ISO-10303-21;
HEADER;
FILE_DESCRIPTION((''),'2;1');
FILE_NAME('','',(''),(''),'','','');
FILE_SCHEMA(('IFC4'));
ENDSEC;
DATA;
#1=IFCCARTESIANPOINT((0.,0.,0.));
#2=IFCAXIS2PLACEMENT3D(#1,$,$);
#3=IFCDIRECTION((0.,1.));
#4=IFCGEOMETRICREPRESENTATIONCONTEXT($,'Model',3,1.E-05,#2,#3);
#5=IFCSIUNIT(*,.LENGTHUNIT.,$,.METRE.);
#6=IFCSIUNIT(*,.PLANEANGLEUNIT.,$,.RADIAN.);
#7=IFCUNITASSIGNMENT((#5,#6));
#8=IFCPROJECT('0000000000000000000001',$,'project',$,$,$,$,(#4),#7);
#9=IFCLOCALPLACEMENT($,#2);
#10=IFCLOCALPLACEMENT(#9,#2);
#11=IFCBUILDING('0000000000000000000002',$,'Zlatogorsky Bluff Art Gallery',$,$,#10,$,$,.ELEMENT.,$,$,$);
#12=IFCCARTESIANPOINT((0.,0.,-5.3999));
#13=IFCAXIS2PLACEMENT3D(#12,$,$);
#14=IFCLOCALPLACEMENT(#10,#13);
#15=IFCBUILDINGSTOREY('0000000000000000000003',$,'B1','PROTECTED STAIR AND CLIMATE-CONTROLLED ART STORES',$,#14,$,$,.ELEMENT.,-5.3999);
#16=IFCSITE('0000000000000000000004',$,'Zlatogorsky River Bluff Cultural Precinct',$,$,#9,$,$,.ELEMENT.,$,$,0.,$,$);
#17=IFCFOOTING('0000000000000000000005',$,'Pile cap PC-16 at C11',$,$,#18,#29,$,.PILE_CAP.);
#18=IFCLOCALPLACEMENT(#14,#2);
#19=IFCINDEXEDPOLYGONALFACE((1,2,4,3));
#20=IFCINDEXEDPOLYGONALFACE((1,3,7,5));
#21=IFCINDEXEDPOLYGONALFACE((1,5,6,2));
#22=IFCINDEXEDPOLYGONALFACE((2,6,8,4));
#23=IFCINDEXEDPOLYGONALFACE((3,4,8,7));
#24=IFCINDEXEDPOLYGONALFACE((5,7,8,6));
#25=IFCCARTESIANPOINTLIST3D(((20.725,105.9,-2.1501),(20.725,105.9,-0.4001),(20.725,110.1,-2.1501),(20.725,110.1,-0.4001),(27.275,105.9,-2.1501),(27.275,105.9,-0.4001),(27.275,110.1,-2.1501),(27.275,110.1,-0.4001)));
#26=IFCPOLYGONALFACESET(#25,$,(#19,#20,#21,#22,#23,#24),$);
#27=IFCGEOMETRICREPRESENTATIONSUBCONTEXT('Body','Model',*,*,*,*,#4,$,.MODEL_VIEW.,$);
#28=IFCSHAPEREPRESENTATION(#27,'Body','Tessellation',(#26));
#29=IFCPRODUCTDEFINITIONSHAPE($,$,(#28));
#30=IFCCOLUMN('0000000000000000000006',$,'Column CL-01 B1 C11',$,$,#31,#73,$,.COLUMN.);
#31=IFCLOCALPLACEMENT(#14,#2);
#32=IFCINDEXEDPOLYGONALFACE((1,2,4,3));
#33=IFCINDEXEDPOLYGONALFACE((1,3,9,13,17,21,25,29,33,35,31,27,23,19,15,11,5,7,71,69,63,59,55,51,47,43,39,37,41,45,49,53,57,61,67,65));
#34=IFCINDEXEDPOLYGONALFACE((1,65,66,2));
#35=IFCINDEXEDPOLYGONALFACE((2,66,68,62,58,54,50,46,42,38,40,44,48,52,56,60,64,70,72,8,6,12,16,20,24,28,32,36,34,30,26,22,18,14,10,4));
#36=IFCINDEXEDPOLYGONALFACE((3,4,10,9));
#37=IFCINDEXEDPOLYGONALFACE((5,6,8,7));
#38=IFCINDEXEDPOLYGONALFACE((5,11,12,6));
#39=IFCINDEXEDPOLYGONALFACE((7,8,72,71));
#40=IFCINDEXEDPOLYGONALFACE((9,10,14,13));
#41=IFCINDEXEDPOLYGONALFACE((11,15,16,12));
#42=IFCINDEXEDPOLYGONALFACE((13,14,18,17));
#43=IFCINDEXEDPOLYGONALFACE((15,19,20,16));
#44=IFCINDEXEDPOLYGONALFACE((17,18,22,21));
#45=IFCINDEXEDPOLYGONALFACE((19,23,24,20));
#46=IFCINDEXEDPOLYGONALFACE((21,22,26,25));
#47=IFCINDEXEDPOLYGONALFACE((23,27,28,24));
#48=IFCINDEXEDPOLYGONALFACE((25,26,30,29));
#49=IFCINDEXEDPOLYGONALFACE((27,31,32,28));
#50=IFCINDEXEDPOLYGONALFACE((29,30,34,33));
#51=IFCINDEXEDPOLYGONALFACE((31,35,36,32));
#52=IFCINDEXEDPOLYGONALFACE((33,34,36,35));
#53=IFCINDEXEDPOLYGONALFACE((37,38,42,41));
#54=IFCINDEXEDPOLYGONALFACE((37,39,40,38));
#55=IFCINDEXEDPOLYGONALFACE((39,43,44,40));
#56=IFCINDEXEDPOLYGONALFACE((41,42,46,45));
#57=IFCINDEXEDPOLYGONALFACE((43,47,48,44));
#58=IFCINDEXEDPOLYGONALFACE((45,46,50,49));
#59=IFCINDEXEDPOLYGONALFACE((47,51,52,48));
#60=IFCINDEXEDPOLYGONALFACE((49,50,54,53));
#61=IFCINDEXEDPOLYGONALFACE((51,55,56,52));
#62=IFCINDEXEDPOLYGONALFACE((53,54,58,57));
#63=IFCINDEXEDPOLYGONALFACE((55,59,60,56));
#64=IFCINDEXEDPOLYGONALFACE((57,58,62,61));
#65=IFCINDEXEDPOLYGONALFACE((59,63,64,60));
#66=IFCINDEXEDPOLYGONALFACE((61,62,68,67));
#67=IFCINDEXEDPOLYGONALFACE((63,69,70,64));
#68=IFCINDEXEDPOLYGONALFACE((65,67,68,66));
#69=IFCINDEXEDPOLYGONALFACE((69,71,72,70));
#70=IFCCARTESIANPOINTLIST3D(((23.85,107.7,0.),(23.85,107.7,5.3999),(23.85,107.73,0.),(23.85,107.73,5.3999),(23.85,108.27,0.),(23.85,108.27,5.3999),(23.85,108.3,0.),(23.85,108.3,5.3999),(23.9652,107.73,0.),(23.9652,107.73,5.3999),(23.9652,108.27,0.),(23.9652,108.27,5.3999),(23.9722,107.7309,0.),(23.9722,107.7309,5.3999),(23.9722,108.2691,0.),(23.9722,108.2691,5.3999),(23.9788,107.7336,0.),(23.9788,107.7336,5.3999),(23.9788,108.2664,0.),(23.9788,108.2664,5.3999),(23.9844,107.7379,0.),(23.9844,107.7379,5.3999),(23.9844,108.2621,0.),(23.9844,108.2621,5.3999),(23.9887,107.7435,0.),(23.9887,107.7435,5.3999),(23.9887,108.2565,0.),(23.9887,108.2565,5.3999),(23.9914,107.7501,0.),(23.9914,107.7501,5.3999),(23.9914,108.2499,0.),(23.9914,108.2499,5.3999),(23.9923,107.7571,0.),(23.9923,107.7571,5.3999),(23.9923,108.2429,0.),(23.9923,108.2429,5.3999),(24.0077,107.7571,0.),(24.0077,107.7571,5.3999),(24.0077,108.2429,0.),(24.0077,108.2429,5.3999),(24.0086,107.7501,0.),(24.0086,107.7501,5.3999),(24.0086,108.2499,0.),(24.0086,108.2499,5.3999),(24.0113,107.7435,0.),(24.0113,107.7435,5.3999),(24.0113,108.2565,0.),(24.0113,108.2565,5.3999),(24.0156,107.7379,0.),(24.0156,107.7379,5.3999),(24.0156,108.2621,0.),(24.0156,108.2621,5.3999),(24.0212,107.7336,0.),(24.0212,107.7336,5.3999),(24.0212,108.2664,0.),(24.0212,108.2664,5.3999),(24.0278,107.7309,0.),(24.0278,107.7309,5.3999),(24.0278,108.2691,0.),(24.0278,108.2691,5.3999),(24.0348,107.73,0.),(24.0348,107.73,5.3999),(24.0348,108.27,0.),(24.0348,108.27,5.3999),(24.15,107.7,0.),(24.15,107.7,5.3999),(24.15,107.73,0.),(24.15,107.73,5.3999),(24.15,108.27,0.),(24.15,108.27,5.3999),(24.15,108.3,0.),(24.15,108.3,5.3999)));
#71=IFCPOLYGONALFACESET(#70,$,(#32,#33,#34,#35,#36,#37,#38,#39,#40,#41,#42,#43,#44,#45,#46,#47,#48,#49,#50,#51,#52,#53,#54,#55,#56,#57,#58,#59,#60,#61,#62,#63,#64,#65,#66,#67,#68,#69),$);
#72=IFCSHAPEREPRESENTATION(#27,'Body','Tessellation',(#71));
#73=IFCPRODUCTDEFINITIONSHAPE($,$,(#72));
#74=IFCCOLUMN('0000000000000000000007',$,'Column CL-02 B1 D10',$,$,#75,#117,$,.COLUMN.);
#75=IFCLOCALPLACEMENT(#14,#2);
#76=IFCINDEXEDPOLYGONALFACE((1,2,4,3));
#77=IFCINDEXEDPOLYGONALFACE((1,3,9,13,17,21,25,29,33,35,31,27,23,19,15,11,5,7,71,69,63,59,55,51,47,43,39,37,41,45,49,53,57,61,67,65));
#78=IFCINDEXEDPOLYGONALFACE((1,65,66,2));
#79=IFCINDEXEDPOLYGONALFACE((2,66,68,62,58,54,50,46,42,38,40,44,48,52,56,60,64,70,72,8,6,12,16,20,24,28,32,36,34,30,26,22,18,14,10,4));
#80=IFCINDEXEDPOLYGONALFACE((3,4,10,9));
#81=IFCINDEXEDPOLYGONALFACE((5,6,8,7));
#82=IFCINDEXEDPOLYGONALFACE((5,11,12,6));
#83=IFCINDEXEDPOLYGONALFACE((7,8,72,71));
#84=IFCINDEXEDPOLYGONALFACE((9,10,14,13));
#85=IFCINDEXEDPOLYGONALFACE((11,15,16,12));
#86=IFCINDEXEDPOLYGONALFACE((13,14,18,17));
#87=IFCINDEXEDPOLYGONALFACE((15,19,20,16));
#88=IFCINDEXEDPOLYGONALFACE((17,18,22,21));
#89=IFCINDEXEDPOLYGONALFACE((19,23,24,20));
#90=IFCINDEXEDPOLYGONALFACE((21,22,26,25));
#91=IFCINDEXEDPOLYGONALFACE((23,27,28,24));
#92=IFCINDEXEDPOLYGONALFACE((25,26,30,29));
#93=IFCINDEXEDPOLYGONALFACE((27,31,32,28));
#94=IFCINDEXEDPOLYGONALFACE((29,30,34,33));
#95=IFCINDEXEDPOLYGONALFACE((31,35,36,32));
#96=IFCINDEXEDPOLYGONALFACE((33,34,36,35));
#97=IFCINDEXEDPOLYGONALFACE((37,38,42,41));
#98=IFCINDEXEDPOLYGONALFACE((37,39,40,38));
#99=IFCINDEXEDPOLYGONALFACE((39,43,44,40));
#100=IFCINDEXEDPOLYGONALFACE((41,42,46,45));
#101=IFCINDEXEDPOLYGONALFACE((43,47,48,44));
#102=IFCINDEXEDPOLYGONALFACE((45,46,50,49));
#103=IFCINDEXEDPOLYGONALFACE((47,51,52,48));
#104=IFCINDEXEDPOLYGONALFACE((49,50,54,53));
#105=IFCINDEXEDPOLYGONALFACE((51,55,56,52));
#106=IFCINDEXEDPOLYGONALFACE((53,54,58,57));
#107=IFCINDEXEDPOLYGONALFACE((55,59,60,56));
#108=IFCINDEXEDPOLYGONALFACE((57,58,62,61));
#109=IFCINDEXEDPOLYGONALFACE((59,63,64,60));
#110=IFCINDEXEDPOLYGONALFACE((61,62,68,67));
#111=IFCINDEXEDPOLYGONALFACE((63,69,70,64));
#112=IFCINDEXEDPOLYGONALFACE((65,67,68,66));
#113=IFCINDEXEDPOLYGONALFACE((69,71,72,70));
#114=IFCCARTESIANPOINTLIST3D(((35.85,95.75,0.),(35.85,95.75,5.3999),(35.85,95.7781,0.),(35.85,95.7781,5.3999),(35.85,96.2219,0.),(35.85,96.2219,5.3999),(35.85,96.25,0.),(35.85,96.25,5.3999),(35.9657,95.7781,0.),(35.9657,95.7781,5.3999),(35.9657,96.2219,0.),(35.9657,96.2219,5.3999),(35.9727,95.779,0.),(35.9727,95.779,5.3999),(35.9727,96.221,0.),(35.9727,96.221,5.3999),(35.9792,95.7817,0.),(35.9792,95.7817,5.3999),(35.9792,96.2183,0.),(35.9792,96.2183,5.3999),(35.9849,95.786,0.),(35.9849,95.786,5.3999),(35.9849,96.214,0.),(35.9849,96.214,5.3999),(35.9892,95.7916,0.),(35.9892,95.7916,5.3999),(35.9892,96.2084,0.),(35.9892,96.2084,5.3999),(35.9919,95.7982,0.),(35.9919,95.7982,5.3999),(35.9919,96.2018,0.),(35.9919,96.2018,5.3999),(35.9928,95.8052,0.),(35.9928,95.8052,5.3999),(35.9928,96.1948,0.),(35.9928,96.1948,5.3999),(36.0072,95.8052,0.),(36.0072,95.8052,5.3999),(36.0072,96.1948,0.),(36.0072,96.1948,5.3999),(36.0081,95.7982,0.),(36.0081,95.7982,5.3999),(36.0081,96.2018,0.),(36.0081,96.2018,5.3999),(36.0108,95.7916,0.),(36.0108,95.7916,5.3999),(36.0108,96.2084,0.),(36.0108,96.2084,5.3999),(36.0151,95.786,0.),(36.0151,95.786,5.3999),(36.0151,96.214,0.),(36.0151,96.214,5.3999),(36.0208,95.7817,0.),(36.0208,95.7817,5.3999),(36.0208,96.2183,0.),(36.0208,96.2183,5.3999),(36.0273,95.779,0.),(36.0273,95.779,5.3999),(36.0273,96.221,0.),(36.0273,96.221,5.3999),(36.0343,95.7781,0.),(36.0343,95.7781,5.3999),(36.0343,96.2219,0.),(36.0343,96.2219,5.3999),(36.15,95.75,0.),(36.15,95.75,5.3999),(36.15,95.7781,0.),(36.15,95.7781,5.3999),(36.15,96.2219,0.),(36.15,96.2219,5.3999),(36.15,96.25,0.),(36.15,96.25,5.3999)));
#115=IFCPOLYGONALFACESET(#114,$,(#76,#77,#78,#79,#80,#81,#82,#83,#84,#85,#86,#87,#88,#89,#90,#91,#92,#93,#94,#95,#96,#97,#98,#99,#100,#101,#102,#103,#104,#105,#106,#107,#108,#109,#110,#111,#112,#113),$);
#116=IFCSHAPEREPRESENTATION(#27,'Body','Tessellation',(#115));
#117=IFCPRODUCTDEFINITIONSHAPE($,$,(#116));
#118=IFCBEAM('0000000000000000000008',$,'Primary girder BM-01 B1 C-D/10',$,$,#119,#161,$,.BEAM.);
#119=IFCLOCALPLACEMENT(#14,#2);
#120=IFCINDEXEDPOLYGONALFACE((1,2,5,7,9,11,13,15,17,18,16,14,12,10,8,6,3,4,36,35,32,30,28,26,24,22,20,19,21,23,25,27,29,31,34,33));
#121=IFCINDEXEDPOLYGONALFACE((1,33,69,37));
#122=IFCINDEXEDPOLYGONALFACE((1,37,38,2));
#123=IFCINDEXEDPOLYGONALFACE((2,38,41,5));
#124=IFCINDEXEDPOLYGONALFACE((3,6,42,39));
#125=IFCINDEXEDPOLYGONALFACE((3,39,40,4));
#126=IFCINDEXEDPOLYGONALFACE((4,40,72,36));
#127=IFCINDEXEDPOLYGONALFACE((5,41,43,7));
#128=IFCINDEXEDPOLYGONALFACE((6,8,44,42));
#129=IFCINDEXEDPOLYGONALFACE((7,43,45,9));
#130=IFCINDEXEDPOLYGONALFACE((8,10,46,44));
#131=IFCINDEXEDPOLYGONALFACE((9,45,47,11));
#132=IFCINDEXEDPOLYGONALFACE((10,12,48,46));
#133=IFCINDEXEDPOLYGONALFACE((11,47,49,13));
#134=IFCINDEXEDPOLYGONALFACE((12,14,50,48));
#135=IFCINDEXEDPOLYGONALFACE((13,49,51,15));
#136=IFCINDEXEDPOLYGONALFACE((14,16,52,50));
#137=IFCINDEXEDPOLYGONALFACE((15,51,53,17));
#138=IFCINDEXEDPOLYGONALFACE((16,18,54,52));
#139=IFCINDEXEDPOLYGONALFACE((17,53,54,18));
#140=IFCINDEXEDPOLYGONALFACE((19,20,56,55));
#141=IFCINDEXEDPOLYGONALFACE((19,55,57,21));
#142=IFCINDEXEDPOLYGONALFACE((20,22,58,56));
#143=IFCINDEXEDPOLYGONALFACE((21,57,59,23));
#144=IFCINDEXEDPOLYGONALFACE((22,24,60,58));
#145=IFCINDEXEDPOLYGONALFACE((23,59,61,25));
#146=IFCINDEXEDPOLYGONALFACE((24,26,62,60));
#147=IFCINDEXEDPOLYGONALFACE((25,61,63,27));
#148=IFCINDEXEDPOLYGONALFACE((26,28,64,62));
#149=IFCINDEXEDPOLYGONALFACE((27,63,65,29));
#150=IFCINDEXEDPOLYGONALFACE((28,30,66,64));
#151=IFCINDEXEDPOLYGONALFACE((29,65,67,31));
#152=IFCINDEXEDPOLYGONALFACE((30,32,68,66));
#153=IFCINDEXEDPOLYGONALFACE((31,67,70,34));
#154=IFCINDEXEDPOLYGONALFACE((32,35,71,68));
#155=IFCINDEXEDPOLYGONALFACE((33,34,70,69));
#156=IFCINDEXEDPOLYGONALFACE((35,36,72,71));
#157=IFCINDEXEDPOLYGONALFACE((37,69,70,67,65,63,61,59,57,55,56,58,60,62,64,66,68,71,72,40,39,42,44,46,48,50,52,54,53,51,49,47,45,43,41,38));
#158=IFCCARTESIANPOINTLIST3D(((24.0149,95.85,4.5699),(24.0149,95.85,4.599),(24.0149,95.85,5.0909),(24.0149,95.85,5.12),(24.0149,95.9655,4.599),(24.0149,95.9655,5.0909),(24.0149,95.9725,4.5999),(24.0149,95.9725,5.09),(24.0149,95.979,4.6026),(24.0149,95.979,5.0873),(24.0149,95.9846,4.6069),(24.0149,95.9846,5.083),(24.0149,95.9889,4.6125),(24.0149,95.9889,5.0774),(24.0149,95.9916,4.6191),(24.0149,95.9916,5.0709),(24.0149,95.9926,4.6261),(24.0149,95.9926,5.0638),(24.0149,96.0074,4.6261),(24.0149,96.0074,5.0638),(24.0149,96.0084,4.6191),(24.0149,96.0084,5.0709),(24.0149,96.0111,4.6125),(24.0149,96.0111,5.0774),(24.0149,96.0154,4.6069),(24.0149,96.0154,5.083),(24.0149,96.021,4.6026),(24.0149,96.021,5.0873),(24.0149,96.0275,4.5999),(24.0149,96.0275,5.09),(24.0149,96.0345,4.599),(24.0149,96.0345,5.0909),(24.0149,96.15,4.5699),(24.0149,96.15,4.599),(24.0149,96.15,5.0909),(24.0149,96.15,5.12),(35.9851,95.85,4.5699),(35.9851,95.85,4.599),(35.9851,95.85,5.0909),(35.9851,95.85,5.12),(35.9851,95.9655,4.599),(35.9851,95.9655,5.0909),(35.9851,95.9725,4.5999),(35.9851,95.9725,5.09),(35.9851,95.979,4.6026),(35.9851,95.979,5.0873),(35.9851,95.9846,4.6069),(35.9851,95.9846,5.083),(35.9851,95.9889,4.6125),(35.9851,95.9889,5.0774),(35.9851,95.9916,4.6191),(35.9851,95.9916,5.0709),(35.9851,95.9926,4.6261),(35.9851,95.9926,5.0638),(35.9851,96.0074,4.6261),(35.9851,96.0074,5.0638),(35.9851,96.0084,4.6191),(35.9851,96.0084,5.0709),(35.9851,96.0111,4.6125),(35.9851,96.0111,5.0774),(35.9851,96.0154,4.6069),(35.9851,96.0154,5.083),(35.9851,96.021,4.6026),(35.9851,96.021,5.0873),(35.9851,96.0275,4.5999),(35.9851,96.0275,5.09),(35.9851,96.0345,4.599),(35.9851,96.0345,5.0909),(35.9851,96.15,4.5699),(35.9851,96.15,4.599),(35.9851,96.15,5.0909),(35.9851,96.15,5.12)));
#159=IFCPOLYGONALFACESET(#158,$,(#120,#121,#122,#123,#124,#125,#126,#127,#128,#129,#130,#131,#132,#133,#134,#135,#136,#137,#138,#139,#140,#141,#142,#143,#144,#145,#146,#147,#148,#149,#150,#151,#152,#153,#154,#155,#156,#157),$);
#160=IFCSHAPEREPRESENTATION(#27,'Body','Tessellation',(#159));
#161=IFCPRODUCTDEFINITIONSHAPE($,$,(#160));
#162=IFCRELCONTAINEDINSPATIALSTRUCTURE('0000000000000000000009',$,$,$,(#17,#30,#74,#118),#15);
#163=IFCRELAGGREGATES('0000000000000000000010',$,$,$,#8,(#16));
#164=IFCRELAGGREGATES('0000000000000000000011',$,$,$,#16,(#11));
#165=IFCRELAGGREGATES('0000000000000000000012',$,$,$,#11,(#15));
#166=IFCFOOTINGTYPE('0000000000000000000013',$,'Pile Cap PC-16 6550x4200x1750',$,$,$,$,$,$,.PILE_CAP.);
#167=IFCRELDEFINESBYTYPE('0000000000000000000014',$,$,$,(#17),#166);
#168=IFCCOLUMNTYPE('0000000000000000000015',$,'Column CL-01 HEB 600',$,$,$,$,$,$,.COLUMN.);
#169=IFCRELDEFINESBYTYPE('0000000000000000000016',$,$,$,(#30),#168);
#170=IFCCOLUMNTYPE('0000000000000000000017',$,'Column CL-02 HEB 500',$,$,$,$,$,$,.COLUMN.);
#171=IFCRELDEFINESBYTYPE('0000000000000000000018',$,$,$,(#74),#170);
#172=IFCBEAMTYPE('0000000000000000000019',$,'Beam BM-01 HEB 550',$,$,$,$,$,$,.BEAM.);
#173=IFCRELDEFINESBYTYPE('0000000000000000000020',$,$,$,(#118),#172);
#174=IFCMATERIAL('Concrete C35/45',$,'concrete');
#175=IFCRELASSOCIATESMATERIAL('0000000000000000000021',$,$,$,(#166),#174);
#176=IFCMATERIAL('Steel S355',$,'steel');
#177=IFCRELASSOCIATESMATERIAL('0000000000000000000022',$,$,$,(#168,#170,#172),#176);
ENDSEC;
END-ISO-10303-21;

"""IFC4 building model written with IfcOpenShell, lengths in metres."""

from ifc_helpers import new_model, si_unit, direction, frame, origin, origin_2d, place, context, subcontext, project, spatial, rectangle, i_section, extrude, material, material_profile, profile_set, type_object, element, save


model = new_model("IFC4")

# Units and contexts
model_context = context("Model", 3, precision=1e-05, world=origin(), true_north=direction((0.0, 1.0)))
body_context = subcontext(model_context, "Body", "Model", "MODEL_VIEW")
ifc_project = project(units=[si_unit("LENGTHUNIT", "METRE"), si_unit("PLANEANGLEUNIT", "RADIAN")], contexts=[model_context])

# Site, building, storey
site_placement = place(None, origin())
site = spatial("IfcSite", under=ifc_project, at=site_placement, Name="Zlatogorsky River Bluff Cultural Precinct", CompositionType="ELEMENT", RefElevation=0.0)
building_placement = place(site_placement, origin())
building = spatial("IfcBuilding", under=site, at=building_placement, Name="Zlatogorsky Bluff Art Gallery", CompositionType="ELEMENT")
storey_placement = place(building_placement, frame((0.0, 0.0, -5.3999)))
storey = spatial("IfcBuildingStorey", under=building, at=storey_placement, Name="B1", Description="PROTECTED STAIR AND CLIMATE-CONTROLLED ART STORES", CompositionType="ELEMENT", Elevation=-5.3999)

# Shared definitions
ifc_material_1 = material(Name="Concrete C35/45", Category="concrete")

# Footing
footing_type_1 = type_object("IfcFootingType", Name="Pile Cap PC-16 6550x4200x1750", PredefinedType="PILE_CAP", material=ifc_material_1)
footing_1_placement = place(storey_placement, frame((24.0, 108.0, -2.1501), z_axis=(0.0, 0.0, 1.0), x_axis=(1.0, 0.0, 0.0)))
element("IfcFooting", 1, at=footing_1_placement, inside=storey, type_object=footing_type_1, Name="Pile cap PC-16 at C11", PredefinedType="PILE_CAP", context=body_context, shape_type="SweptSolid", body=[
    extrude(rectangle(XDim=6.55, YDim=4.2, at=origin_2d()), origin(), (0.0, 0.0, 1.0), 1.75),
])

# Columns
ifc_material_2 = material(Name="Steel S355", Category="steel")
ifc_material_profile_1 = material_profile(ifc_material_2, i_section(OverallWidth=0.3, OverallDepth=0.6001, WebThickness=0.0154, FlangeThickness=0.03, FilletRadius=0.0271, at=origin_2d()), Name="HEB 600")
ifc_profile_set_1 = profile_set([ifc_material_profile_1], Name="Steel S355")
column_type_1 = type_object("IfcColumnType", Name="Column CL-01 HEB 600", PredefinedType="COLUMN", material=ifc_profile_set_1)
column_1_placement = place(storey_placement, frame((24.0, 108.0, 0.0), z_axis=(0.0, 0.0, 1.0), x_axis=(1.0, 0.0, 0.0)))
element("IfcColumn", 2, at=column_1_placement, inside=storey, type_object=column_type_1, Name="Column CL-01 B1 C11", PredefinedType="COLUMN", context=body_context, shape_type="SweptSolid", body=[
    extrude(i_section(OverallWidth=0.3, OverallDepth=0.6001, WebThickness=0.0154, FlangeThickness=0.03, FilletRadius=0.0271, at=origin_2d()), origin(), (0.0, 0.0, 1.0), 5.3999),
])
ifc_material_profile_2 = material_profile(ifc_material_2, i_section(OverallWidth=0.3, OverallDepth=0.5, WebThickness=0.0144, FlangeThickness=0.0281, FilletRadius=0.0271, at=origin_2d()), Name="HEB 500")
ifc_profile_set_2 = profile_set([ifc_material_profile_2], Name="Steel S355")
column_type_2 = type_object("IfcColumnType", Name="Column CL-02 HEB 500", PredefinedType="COLUMN", material=ifc_profile_set_2)
column_2_placement = place(storey_placement, frame((36.0, 96.0, 0.0), z_axis=(0.0, 0.0, 1.0), x_axis=(1.0, 0.0, 0.0)))
element("IfcColumn", 3, at=column_2_placement, inside=storey, type_object=column_type_2, Name="Column CL-02 B1 D10", PredefinedType="COLUMN", context=body_context, shape_type="SweptSolid", body=[
    extrude(i_section(OverallWidth=0.3, OverallDepth=0.5, WebThickness=0.0144, FlangeThickness=0.0281, FilletRadius=0.0271, at=origin_2d()), origin(), (0.0, 0.0, 1.0), 5.3999),
])

# Beam
ifc_material_profile_3 = material_profile(ifc_material_2, i_section(OverallWidth=0.3, OverallDepth=0.55, WebThickness=0.0149, FlangeThickness=0.0291, FilletRadius=0.0271, at=origin_2d()), Name="HEB 550")
ifc_profile_set_3 = profile_set([ifc_material_profile_3], Name="Steel S355")
beam_type_1 = type_object("IfcBeamType", Name="Beam BM-01 HEB 550", PredefinedType="BEAM", material=ifc_profile_set_3)
for number, where, z_axis, x_axis, name in (
    (4, (24.0149, 96.0, 4.845), (1.0, 0.0, 0.0), (0.0, 1.0, 0.0), "Primary girder BM-01 B1 C-D/10"),
):
    element("IfcBeam", number, at=place(storey_placement, frame(where, z_axis=z_axis, x_axis=x_axis)), inside=storey, type_object=beam_type_1, Name=name, PredefinedType="BEAM", context=body_context, shape_type="SweptSolid", body=[
        extrude(i_section(OverallWidth=0.3, OverallDepth=0.55, WebThickness=0.0149, FlangeThickness=0.0291, FilletRadius=0.0271, at=origin_2d()), origin(), (0.0, 0.0, 1.0), 11.9702),
    ])

save(model, "model.ifc")
